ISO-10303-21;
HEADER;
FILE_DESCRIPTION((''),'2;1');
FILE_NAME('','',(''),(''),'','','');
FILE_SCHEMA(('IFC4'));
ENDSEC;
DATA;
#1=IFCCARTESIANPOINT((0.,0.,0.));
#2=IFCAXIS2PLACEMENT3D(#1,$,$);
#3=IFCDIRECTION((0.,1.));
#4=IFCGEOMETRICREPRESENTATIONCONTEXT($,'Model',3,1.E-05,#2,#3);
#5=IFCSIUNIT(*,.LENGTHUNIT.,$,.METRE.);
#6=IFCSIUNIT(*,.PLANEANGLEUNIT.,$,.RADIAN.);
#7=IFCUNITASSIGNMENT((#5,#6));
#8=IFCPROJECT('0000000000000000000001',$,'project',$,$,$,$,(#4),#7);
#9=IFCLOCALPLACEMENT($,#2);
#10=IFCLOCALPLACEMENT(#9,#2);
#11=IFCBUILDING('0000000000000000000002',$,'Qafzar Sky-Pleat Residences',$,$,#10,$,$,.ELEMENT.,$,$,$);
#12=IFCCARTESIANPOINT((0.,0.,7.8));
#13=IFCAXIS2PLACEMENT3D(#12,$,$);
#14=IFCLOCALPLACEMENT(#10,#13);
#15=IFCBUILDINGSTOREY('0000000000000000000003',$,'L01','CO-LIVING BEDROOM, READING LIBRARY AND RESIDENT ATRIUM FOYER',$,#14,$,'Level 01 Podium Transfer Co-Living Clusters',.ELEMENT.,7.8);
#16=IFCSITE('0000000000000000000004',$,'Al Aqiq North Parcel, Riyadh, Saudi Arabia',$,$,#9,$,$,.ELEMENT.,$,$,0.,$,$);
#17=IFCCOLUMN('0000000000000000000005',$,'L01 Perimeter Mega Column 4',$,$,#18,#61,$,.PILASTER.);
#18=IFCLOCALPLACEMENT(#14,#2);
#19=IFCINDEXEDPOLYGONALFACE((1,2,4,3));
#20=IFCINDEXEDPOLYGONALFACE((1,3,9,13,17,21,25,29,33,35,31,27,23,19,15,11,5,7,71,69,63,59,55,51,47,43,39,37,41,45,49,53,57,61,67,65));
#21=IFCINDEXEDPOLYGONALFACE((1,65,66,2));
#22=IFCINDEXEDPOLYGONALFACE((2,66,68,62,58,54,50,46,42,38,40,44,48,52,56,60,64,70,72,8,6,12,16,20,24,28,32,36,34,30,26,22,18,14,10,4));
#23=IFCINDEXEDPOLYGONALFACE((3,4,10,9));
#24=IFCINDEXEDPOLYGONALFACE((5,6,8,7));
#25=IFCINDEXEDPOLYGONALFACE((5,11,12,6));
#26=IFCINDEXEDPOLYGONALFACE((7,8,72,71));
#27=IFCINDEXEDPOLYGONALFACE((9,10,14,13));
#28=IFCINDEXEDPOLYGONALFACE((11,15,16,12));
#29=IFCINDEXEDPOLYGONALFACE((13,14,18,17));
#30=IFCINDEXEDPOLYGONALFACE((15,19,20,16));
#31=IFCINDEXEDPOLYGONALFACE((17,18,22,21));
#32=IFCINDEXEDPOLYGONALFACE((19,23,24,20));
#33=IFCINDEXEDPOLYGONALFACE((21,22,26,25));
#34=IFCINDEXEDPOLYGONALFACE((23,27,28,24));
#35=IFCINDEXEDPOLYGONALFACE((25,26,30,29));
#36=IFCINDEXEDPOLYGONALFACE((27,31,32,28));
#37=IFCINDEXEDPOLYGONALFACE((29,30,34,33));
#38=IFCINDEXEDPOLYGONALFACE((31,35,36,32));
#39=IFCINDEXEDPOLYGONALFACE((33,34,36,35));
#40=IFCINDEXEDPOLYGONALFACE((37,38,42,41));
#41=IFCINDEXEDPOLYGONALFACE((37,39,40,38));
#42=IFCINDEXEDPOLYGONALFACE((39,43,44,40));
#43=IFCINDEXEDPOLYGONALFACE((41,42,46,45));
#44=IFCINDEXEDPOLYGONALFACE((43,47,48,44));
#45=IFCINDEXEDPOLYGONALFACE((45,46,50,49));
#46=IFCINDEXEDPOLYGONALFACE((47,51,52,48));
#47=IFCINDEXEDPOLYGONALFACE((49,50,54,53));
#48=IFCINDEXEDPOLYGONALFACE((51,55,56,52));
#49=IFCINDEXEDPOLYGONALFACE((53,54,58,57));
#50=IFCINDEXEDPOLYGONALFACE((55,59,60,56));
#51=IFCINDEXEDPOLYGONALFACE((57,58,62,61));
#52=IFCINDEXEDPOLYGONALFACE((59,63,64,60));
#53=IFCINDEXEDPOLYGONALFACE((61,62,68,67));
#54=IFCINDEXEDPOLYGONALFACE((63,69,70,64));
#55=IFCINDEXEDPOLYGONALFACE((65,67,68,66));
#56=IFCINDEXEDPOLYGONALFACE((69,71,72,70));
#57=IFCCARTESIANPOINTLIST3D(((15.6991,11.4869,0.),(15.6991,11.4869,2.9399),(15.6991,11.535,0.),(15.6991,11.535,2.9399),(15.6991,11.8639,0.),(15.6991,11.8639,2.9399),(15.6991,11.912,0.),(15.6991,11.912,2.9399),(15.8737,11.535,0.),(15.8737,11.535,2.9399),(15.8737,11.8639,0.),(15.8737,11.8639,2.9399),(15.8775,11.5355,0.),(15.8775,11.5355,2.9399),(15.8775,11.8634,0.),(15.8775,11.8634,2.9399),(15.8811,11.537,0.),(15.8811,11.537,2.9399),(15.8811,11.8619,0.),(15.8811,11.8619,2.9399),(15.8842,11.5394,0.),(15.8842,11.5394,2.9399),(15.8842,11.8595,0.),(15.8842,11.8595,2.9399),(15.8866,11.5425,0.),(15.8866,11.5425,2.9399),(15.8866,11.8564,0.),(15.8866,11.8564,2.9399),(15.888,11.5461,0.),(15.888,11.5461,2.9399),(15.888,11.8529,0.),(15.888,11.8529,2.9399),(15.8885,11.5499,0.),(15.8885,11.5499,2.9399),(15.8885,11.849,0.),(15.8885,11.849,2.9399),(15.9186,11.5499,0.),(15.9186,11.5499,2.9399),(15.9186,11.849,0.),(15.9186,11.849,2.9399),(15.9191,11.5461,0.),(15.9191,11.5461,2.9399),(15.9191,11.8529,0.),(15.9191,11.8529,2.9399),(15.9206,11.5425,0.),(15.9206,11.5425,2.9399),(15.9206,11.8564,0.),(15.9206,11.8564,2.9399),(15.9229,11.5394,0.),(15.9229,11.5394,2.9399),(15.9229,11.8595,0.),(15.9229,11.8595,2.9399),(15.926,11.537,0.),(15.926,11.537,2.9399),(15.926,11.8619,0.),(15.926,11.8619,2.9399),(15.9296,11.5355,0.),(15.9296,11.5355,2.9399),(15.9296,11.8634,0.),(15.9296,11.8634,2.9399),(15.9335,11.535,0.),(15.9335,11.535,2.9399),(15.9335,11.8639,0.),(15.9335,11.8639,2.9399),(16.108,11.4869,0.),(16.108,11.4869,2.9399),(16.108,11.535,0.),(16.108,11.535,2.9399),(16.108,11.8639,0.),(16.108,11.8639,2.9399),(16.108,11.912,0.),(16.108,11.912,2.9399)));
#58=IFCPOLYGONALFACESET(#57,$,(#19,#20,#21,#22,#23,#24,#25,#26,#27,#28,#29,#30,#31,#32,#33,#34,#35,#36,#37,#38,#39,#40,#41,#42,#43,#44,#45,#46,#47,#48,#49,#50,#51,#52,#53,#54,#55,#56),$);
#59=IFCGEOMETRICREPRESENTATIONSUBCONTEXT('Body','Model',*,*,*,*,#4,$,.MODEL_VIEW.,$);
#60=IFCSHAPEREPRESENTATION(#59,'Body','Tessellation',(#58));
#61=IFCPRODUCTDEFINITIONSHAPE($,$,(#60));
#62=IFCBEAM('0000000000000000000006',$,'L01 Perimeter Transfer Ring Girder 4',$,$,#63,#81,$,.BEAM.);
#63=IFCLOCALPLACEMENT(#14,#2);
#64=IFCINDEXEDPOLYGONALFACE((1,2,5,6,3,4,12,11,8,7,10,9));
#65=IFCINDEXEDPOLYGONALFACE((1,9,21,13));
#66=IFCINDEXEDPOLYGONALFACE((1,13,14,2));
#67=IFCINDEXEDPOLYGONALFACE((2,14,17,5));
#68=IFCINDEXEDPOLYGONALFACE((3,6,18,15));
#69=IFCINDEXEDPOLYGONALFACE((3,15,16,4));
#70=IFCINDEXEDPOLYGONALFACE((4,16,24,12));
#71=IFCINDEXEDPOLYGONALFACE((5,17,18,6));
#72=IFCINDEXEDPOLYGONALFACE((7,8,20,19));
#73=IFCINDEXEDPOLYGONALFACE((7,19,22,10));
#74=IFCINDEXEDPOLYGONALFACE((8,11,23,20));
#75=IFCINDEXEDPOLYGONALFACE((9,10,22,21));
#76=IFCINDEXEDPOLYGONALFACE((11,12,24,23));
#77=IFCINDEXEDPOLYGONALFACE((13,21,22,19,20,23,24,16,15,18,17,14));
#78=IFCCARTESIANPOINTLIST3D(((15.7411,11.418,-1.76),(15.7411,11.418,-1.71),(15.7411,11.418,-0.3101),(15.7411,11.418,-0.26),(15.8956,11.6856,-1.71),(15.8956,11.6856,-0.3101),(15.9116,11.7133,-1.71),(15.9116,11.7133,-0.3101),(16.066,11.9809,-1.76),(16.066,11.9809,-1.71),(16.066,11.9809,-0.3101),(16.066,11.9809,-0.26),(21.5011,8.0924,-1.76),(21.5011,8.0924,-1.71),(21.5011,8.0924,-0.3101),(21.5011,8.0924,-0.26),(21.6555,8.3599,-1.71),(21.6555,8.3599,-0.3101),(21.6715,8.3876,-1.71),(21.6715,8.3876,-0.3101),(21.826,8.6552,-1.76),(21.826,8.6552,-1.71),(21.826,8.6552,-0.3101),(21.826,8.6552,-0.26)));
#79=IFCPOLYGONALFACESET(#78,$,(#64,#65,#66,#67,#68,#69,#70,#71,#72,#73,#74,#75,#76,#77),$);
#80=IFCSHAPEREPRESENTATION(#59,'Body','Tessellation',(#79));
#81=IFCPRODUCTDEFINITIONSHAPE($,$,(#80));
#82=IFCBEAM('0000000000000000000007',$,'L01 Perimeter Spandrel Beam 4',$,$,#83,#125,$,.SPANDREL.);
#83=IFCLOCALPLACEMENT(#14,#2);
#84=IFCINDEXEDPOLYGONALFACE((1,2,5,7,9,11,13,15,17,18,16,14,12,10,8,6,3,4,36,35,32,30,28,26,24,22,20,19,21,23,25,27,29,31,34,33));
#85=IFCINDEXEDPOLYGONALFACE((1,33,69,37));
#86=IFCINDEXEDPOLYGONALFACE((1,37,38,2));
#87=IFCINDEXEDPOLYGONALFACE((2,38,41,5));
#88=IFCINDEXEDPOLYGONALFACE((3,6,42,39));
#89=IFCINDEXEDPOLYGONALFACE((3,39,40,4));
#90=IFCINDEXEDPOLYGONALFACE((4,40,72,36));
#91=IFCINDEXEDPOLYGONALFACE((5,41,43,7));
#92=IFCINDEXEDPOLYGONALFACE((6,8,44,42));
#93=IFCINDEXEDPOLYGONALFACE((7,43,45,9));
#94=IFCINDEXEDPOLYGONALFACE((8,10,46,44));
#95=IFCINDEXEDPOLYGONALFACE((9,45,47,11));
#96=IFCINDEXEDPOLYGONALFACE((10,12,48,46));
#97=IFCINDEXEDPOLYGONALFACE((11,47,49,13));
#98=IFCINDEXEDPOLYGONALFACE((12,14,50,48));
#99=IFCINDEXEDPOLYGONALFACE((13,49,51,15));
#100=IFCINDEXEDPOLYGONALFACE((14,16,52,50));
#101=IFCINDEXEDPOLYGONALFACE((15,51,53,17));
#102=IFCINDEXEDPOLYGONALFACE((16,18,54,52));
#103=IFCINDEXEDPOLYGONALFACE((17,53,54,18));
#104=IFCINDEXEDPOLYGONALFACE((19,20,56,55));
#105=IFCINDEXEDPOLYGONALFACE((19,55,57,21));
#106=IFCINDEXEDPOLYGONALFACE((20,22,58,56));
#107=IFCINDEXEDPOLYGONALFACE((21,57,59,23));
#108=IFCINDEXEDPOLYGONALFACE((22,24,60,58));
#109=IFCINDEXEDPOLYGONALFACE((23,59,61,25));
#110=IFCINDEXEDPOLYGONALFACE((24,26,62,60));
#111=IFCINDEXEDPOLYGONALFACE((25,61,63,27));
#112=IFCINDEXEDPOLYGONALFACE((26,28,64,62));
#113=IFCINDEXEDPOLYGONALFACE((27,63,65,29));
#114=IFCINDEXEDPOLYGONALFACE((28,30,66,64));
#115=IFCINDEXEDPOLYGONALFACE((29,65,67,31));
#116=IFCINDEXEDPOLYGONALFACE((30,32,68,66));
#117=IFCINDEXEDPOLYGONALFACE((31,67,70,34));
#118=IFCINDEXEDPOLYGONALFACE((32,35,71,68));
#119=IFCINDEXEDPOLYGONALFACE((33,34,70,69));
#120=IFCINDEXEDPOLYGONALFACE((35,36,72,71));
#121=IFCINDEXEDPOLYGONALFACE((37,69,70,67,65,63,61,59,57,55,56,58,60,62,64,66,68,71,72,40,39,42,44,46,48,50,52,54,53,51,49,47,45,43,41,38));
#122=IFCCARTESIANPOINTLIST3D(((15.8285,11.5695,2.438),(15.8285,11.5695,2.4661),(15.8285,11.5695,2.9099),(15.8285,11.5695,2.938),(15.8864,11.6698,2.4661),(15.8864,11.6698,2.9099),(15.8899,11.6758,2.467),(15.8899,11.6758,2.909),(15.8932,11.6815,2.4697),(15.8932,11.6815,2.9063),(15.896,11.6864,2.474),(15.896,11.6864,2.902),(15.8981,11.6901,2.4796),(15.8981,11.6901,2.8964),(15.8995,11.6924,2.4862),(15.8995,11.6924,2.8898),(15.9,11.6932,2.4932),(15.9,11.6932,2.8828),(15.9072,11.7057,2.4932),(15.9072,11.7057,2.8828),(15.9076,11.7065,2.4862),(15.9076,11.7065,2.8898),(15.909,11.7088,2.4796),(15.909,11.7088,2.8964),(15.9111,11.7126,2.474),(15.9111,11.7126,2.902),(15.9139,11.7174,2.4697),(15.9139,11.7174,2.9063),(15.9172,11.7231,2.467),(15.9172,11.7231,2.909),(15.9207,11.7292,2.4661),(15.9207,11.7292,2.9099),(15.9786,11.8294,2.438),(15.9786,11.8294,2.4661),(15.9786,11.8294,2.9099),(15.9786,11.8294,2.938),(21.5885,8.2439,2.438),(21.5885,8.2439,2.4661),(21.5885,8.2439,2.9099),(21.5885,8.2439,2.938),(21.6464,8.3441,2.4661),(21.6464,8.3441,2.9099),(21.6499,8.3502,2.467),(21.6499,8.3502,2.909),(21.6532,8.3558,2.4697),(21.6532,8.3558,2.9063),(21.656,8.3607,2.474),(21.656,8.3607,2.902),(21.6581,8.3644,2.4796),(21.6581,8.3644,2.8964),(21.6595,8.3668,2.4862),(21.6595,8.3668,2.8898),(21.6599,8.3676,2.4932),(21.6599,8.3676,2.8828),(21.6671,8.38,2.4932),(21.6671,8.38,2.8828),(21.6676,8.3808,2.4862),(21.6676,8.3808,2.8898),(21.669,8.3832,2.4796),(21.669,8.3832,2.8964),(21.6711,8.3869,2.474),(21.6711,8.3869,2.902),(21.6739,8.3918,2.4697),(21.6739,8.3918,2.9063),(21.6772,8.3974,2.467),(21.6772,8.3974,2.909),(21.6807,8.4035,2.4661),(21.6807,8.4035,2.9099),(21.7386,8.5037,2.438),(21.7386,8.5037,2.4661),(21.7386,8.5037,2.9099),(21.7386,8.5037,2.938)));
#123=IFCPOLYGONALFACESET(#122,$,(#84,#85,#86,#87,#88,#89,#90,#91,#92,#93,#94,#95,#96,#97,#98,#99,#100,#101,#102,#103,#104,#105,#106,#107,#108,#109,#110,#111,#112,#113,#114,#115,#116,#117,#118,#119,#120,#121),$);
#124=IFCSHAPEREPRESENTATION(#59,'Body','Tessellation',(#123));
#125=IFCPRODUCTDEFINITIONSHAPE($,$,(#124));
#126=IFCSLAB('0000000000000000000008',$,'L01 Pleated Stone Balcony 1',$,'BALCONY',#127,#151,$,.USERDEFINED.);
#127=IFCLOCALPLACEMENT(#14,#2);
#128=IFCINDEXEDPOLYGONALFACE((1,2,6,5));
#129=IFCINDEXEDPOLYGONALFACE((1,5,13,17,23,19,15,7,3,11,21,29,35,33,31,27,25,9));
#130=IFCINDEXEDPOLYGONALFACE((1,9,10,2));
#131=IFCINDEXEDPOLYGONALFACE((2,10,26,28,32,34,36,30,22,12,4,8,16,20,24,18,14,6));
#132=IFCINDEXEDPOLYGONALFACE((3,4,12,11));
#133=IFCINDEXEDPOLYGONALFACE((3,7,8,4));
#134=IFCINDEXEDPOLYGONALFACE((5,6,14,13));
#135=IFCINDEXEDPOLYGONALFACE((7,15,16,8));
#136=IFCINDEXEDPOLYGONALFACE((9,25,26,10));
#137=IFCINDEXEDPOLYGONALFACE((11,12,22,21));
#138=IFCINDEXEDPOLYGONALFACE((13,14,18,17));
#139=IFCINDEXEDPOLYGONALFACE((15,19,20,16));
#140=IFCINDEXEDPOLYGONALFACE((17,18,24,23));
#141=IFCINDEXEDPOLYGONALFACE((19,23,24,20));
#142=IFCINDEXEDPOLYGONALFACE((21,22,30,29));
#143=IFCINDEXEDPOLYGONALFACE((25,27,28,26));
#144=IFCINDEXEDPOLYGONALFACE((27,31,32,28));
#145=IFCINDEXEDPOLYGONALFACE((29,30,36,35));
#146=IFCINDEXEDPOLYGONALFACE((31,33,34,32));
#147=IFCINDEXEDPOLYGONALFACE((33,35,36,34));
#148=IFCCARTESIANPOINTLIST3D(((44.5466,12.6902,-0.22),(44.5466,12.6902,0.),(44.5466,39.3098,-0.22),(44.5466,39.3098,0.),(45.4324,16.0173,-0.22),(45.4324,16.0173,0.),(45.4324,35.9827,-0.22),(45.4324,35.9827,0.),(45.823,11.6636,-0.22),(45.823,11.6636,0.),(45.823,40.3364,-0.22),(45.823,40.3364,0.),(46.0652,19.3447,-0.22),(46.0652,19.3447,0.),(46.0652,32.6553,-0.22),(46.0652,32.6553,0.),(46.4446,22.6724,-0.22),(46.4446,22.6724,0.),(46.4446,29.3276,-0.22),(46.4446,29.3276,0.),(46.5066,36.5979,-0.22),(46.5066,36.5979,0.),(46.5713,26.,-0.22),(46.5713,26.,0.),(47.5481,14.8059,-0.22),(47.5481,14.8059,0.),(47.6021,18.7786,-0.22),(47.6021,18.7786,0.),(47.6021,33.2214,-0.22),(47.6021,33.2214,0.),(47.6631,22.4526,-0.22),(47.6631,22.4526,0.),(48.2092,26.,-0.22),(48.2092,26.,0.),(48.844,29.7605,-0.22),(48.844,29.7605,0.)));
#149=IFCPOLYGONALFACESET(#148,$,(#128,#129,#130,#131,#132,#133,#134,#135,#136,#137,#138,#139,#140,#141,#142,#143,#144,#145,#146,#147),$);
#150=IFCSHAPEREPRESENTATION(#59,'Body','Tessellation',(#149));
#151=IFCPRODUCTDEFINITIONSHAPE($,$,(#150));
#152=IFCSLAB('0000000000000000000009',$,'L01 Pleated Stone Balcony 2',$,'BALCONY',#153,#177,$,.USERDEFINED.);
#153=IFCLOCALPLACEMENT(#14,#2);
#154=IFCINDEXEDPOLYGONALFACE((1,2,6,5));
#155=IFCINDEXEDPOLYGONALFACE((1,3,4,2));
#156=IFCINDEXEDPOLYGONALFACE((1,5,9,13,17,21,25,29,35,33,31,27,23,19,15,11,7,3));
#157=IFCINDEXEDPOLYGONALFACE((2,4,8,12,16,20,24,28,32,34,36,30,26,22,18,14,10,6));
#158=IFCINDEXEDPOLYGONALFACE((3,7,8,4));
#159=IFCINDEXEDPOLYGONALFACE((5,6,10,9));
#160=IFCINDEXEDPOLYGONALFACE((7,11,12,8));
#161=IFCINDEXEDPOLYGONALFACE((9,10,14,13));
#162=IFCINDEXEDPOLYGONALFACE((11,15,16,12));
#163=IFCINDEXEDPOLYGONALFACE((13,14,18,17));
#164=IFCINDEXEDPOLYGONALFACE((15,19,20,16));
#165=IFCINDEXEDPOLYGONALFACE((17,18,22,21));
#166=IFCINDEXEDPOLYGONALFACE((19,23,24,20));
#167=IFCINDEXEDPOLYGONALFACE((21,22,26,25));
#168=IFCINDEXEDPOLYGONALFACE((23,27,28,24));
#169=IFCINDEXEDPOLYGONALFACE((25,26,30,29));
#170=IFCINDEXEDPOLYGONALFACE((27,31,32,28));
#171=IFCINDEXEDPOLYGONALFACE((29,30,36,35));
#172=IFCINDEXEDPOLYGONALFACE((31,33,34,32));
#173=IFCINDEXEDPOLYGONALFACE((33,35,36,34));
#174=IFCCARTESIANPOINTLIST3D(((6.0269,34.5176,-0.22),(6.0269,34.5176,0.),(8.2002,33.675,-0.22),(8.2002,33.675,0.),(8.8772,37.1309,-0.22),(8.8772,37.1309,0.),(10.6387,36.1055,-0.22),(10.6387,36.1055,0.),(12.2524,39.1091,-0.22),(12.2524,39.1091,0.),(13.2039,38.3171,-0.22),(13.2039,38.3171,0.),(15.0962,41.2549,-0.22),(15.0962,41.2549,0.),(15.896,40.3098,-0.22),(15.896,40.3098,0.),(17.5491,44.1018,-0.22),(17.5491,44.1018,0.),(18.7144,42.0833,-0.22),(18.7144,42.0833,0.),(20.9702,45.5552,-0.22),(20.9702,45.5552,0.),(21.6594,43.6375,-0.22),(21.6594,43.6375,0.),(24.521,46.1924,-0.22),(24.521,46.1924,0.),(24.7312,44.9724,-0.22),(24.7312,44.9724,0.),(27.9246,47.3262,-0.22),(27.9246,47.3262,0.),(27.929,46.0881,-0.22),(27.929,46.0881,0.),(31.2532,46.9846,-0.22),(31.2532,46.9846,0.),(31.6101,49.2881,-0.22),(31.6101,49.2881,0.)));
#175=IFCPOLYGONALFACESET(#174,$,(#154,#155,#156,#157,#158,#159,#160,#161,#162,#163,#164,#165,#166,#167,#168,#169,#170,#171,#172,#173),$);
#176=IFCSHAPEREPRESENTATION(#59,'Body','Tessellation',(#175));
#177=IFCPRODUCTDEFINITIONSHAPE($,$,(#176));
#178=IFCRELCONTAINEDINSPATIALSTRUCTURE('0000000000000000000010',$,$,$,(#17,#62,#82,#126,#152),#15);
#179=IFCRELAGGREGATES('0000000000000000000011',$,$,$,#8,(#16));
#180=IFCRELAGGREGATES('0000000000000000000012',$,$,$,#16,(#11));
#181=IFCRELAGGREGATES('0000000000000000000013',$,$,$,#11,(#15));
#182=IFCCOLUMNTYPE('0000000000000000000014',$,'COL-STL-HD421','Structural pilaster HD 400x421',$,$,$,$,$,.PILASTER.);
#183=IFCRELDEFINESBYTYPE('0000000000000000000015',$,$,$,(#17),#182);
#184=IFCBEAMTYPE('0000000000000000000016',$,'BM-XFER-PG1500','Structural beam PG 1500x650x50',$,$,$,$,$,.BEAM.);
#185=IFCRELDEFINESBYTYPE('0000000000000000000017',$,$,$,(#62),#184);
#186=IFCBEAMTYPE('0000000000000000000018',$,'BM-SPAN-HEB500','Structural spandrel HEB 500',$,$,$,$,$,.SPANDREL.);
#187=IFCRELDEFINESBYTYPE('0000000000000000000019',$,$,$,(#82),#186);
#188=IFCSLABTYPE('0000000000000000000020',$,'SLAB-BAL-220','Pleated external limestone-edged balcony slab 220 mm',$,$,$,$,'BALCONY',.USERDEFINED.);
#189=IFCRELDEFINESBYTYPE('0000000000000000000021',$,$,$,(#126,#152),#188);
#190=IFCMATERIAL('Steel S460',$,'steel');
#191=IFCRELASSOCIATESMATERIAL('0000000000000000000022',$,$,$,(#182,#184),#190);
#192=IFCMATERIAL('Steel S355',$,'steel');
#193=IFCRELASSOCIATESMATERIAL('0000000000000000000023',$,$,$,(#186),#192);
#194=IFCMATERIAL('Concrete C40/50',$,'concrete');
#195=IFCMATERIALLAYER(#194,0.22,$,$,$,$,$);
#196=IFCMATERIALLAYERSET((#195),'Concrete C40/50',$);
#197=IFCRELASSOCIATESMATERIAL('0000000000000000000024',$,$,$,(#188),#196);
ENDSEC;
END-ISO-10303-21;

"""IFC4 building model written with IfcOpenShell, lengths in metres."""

from ifc_helpers import new_model, si_unit, direction, frame, origin, origin_2d, place, context, subcontext, project, spatial, polyline, i_section, outline, extrude, source, transform, mapped, material, layer, layer_set, material_profile, profile_set, type_object, element, save


model = new_model("IFC4")

# Units and contexts
model_context = context("Model", 3, precision=1e-05, world=origin(), true_north=direction((0.0, 1.0)))
body_context = subcontext(model_context, "Body", "Model", "MODEL_VIEW")
ifc_project = project(units=[si_unit("LENGTHUNIT", "METRE"), si_unit("PLANEANGLEUNIT", "RADIAN")], contexts=[model_context])

# Site, building, storey
site_placement = place(None, origin())
site = spatial("IfcSite", under=ifc_project, at=site_placement, Name="Al Aqiq North Parcel, Riyadh, Saudi Arabia", CompositionType="ELEMENT", RefElevation=0.0)
building_placement = place(site_placement, origin())
building = spatial("IfcBuilding", under=site, at=building_placement, Name="Qafzar Sky-Pleat Residences", CompositionType="ELEMENT")
storey_placement = place(building_placement, frame((0.0, 0.0, 7.8)))
storey = spatial("IfcBuildingStorey", under=building, at=storey_placement, Name="L01", Description="CO-LIVING BEDROOM, READING LIBRARY AND RESIDENT ATRIUM FOYER", LongName="Level 01 Podium Transfer Co-Living Clusters", CompositionType="ELEMENT", Elevation=7.8)

# Column
ifc_material_1 = material(Name="Steel S460", Category="steel")
ifc_material_profile_1 = material_profile(ifc_material_1, i_section(OverallWidth=0.4089, OverallDepth=0.425, WebThickness=0.03, FlangeThickness=0.0481, FilletRadius=0.0149, at=origin_2d()), Name="HD 400x421")
ifc_profile_set_1 = profile_set([ifc_material_profile_1], Name="Steel S460")
column_type = type_object("IfcColumnType", Name="COL-STL-HD421", Description="Structural pilaster HD 400x421", PredefinedType="PILASTER", material=ifc_profile_set_1)
shared_shape_1 = source(origin(), body_context, "Body", "SweptSolid", [
    extrude(i_section(OverallWidth=0.4089, OverallDepth=0.425, WebThickness=0.03, FlangeThickness=0.0481, FilletRadius=0.0149, at=origin_2d()), origin(), (0.0, 0.0, 1.0), 2.9399),
])
column_placement = place(storey_placement, frame((15.9036, 11.6995, 0.0), z_axis=(0.0, 0.0, 1.0), x_axis=(1.0, 0.0, 0.0)))
element("IfcColumn", 1, at=column_placement, inside=storey, type_object=column_type, Name="L01 Perimeter Mega Column 4", PredefinedType="PILASTER", context=body_context, shape_type="MappedRepresentation", body=[
    mapped(shared_shape_1, transform((0.0, 0.0, 0.0), x_axis=(1.0, 0.0, 0.0), y_axis=(0.0, 1.0, 0.0), z_axis=(0.0, 0.0, 1.0), scale=1.0)),
])

# Beams
ifc_material_profile_2 = material_profile(ifc_material_1, i_section(OverallWidth=0.6499, OverallDepth=1.5, WebThickness=0.032, FlangeThickness=0.05, at=origin_2d()), Name="PG 1500x650x50")
ifc_profile_set_2 = profile_set([ifc_material_profile_2], Name="Steel S460")
beam_type_1 = type_object("IfcBeamType", Name="BM-XFER-PG1500", Description="Structural beam PG 1500x650x50", PredefinedType="BEAM", material=ifc_profile_set_2)
shared_shape_2 = source(origin(), body_context, "Body", "SweptSolid", [
    extrude(i_section(OverallWidth=0.6499, OverallDepth=1.5, WebThickness=0.032, FlangeThickness=0.05, at=origin_2d()), origin(), (0.0, 0.0, 1.0), 6.6511),
])
beam_1_placement = place(storey_placement, frame((15.9036, 11.6995, -1.01), z_axis=(0.866016, -0.500016, 0.0), x_axis=(0.500016, 0.866016, 0.0)))
element("IfcBeam", 2, at=beam_1_placement, inside=storey, type_object=beam_type_1, Name="L01 Perimeter Transfer Ring Girder 4", PredefinedType="BEAM", context=body_context, shape_type="MappedRepresentation", body=[
    mapped(shared_shape_2, transform((0.0, 0.0, 0.0), x_axis=(1.0, 0.0, 0.0), y_axis=(0.0, 1.0, 0.0), z_axis=(0.0, 0.0, 1.0), scale=1.0)),
])
ifc_material_2 = material(Name="Steel S355", Category="steel")
ifc_material_profile_3 = material_profile(ifc_material_2, i_section(OverallWidth=0.3, OverallDepth=0.5, WebThickness=0.0144, FlangeThickness=0.0281, FilletRadius=0.0271, at=origin_2d()), Name="HEB 500")
ifc_profile_set_3 = profile_set([ifc_material_profile_3], Name="Steel S355")
beam_type_2 = type_object("IfcBeamType", Name="BM-SPAN-HEB500", Description="Structural spandrel HEB 500", PredefinedType="SPANDREL", material=ifc_profile_set_3)
shared_shape_3 = source(origin(), body_context, "Body", "SweptSolid", [
    extrude(i_section(OverallWidth=0.3, OverallDepth=0.5, WebThickness=0.0144, FlangeThickness=0.0281, FilletRadius=0.0271, at=origin_2d()), origin(), (0.0, 0.0, 1.0), 6.6511),
])
beam_2_placement = place(storey_placement, frame((15.9036, 11.6995, 2.688), z_axis=(0.866016, -0.500016, 0.0), x_axis=(0.500016, 0.866016, 0.0)))
element("IfcBeam", 3, at=beam_2_placement, inside=storey, type_object=beam_type_2, Name="L01 Perimeter Spandrel Beam 4", PredefinedType="SPANDREL", context=body_context, shape_type="MappedRepresentation", body=[
    mapped(shared_shape_3, transform((0.0, 0.0, 0.0), x_axis=(1.0, 0.0, 0.0), y_axis=(0.0, 1.0, 0.0), z_axis=(0.0, 0.0, 1.0), scale=1.0)),
])

# Slabs
ifc_material_3 = material(Name="Concrete C40/50", Category="concrete")
ifc_layer_1 = layer(ifc_material_3, 0.22)
ifc_layer_set_1 = layer_set([ifc_layer_1], Name="Concrete C40/50")
slab_type_1 = type_object("IfcSlabType", Name="SLAB-BAL-220", Description="Pleated external limestone-edged balcony slab 220 mm", ElementType="BALCONY", PredefinedType="USERDEFINED", material=ifc_layer_set_1)
slab_1_placement = place(storey_placement, frame((0.0, 0.0, -0.22)))
element("IfcSlab", 4, at=slab_1_placement, inside=storey, type_object=slab_type_1, Name="L01 Pleated Stone Balcony 1", ObjectType="BALCONY", PredefinedType="USERDEFINED", context=body_context, shape_type="SweptSolid", body=[
    extrude(outline(polyline([(45.4324, 16.0173), (46.0652, 19.3447), (46.4446, 22.6724), (46.5713, 26.0), (46.4446, 29.3276), (46.0652, 32.6553), (45.4324, 35.9827), (44.5466, 39.3098), (45.823, 40.3364), (46.5066, 36.5979), (47.6021, 33.2214), (48.844, 29.7605), (48.2092, 26.0), (47.6631, 22.4526), (47.6021, 18.7786), (47.5481, 14.8059), (45.823, 11.6636), (44.5466, 12.6902), (45.4324, 16.0173)])), origin(), (0.0, 0.0, 1.0), 0.22),
])
slab_2_placement = place(storey_placement, frame((0.0, 0.0, -0.22)))
element("IfcSlab", 5, at=slab_2_placement, inside=storey, type_object=slab_type_1, Name="L01 Pleated Stone Balcony 2", ObjectType="BALCONY", PredefinedType="USERDEFINED", context=body_context, shape_type="SweptSolid", body=[
    extrude(outline(polyline([(27.929, 46.0881), (24.7312, 44.9724), (21.6594, 43.6375), (18.7144, 42.0833), (15.896, 40.3098), (13.2039, 38.3171), (10.6387, 36.1055), (8.2002, 33.675), (6.0269, 34.5176), (8.8772, 37.1309), (12.2524, 39.1091), (15.0962, 41.2549), (17.5491, 44.1018), (20.9702, 45.5552), (24.521, 46.1924), (27.9246, 47.3262), (31.6101, 49.2881), (31.2532, 46.9846), (27.929, 46.0881)])), origin(), (0.0, 0.0, 1.0), 0.22),
])

save(model, "model.ifc")
